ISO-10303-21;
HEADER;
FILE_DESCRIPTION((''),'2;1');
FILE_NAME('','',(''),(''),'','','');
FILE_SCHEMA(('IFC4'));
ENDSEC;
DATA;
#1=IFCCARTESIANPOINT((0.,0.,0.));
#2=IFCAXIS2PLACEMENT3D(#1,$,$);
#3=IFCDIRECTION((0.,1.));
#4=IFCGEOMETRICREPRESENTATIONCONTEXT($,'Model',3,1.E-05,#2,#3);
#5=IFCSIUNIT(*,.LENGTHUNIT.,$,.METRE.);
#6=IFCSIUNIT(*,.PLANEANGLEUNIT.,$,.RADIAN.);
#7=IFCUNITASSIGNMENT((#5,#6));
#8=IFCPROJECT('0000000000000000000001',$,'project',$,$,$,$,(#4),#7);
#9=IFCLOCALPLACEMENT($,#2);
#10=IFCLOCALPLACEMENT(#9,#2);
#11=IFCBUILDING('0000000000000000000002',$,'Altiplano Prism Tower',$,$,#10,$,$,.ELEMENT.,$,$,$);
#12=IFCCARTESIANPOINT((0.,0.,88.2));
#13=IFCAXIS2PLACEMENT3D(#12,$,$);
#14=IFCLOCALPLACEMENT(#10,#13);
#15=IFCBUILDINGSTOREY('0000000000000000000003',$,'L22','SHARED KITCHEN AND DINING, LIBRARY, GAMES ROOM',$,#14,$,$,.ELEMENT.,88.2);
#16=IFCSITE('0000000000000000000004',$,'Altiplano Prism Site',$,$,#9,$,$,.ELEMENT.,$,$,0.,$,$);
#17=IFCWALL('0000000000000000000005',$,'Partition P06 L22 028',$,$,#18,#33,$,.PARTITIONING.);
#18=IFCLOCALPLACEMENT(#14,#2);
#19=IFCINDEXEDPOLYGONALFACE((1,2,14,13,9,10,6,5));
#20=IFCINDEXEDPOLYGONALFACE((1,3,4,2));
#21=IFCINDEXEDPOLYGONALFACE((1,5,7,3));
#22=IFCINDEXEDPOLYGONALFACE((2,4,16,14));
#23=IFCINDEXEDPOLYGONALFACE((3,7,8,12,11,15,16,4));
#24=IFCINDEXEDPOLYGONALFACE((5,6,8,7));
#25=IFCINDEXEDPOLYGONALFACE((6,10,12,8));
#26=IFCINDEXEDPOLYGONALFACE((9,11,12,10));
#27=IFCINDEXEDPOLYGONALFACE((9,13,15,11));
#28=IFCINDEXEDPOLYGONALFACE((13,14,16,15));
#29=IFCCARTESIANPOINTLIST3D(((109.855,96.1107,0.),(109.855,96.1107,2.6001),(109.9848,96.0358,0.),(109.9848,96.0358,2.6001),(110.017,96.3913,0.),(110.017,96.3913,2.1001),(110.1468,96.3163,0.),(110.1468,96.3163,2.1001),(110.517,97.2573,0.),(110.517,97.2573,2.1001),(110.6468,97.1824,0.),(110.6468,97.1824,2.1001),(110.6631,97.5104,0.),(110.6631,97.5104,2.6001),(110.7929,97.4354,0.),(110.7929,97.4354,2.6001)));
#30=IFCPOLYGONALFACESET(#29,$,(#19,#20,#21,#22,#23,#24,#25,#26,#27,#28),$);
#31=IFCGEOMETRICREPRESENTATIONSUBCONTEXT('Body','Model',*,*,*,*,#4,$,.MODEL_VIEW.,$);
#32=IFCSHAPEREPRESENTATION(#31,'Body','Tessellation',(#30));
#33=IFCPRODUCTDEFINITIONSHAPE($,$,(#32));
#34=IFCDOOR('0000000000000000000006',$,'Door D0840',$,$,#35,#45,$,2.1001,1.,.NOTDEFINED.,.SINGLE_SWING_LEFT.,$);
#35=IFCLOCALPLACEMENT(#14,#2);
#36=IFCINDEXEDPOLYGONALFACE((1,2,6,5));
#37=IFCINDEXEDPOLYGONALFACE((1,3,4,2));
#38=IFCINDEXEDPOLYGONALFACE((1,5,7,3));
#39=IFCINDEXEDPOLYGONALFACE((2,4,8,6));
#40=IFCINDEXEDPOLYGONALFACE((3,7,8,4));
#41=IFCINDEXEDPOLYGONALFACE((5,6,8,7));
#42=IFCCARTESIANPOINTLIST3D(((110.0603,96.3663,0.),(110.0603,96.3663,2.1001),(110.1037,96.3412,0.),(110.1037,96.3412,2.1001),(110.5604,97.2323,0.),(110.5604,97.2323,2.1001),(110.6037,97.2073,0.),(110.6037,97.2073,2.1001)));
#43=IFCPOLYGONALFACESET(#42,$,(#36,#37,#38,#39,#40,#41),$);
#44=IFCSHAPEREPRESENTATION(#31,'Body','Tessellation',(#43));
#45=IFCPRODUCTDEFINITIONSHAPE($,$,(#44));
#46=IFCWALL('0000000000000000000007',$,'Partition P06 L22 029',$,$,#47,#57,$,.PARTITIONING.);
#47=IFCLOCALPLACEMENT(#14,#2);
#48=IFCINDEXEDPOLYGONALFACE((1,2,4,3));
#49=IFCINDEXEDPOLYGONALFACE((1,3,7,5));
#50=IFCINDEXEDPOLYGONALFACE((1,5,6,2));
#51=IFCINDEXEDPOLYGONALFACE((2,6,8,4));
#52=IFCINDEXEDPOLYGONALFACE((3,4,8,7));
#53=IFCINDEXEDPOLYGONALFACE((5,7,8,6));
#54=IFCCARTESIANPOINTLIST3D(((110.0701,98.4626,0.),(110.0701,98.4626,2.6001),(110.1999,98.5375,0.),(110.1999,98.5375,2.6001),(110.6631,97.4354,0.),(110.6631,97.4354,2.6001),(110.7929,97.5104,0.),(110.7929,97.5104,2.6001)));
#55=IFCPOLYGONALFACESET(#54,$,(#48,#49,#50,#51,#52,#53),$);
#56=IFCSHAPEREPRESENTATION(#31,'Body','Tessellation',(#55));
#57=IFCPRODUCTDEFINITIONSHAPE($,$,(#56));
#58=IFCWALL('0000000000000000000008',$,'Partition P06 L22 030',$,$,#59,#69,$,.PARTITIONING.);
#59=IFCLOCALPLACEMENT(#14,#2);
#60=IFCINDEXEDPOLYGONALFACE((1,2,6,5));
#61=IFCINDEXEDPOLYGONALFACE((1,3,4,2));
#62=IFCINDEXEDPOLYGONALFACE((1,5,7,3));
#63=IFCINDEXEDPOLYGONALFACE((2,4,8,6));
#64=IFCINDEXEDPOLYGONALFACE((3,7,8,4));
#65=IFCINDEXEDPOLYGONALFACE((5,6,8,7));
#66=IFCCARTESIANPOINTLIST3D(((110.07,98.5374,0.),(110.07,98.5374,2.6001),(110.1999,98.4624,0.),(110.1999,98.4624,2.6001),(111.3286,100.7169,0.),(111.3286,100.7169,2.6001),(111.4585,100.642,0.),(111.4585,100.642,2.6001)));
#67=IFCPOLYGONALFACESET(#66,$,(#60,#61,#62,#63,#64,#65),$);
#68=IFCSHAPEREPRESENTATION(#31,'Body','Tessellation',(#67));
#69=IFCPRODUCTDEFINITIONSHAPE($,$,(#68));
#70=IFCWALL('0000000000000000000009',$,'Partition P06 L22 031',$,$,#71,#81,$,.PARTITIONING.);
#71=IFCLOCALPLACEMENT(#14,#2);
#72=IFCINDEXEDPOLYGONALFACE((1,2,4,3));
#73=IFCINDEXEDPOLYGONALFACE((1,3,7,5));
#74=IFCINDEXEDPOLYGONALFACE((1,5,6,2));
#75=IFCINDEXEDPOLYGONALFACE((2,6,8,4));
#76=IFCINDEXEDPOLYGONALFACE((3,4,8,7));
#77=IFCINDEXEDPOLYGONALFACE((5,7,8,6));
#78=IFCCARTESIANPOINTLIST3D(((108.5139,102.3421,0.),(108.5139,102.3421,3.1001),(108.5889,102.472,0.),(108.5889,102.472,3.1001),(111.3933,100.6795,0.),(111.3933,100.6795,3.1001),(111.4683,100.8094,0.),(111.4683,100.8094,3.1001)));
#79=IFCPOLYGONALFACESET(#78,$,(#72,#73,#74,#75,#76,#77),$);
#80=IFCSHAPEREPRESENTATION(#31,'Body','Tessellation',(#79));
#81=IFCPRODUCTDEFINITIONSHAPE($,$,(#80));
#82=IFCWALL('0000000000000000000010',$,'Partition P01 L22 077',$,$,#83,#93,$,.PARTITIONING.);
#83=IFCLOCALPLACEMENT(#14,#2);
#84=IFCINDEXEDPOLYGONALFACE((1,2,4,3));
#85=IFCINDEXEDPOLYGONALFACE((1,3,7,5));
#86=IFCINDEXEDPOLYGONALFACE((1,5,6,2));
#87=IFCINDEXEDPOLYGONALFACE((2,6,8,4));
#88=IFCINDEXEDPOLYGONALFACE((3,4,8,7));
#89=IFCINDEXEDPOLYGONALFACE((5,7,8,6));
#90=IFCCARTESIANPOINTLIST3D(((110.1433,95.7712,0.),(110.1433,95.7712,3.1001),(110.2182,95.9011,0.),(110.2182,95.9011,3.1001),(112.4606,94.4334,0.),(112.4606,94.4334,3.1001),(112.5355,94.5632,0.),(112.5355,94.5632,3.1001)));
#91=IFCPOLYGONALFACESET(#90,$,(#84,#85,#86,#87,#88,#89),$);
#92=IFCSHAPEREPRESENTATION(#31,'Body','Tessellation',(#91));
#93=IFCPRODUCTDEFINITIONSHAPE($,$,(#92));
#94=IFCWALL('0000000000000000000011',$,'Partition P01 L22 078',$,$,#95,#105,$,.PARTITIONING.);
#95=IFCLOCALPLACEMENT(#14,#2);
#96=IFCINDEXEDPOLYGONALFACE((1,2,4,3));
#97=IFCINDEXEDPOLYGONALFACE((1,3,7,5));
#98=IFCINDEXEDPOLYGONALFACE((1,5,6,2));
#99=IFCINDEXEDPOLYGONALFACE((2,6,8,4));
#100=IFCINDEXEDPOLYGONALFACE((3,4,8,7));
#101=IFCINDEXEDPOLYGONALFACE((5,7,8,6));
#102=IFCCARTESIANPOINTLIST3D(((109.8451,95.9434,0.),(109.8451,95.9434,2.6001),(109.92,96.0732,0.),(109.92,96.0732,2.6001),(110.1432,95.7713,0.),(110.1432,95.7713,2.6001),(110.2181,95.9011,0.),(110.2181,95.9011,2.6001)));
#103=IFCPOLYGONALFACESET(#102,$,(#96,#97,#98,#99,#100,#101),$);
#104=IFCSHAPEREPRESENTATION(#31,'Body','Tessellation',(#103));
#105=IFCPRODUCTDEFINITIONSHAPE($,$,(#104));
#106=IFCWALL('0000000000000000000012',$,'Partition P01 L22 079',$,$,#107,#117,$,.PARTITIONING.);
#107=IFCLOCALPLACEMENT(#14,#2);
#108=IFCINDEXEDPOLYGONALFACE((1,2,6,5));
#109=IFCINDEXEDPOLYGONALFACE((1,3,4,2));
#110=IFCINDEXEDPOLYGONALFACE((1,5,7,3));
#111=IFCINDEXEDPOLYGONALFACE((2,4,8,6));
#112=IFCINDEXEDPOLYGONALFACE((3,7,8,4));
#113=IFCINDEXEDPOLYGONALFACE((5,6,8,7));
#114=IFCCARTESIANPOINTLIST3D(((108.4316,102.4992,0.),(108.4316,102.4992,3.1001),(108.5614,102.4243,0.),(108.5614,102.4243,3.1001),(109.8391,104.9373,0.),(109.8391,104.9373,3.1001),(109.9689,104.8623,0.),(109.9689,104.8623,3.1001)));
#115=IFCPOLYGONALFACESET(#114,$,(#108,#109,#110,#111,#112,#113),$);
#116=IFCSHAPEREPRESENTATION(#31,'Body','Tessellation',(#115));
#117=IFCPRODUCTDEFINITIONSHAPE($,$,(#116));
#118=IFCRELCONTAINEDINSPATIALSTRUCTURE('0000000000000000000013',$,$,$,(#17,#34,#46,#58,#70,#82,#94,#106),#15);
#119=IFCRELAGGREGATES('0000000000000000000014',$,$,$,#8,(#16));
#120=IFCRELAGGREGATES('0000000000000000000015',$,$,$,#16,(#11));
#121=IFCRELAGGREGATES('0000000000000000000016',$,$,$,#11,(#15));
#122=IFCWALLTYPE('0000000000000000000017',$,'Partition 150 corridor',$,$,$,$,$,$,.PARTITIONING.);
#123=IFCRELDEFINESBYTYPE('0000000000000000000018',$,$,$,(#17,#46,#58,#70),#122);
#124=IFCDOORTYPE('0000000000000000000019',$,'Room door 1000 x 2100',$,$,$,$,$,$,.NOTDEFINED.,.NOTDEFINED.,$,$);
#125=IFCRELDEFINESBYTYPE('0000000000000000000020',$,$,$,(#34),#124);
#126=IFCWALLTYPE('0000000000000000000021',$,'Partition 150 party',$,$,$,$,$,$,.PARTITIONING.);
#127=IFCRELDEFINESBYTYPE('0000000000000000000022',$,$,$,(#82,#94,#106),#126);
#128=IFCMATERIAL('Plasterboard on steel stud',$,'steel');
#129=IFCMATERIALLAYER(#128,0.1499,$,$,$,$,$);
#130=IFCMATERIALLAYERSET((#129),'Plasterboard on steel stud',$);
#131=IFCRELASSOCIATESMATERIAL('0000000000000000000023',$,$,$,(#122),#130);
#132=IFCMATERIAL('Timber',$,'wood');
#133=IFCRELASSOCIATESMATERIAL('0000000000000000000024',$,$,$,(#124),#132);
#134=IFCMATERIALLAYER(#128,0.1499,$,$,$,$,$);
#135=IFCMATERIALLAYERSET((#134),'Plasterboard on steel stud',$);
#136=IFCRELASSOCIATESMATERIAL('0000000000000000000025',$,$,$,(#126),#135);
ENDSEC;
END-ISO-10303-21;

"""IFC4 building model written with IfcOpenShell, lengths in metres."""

from ifc_helpers import new_model, si_unit, direction, frame, frame_2d, origin, place, context, subcontext, project, spatial, rectangle, extrude, material, layer, layer_set, type_object, element, fill, save


model = new_model("IFC4")

# Units and contexts
model_context = context("Model", 3, precision=1e-05, world=origin(), true_north=direction((0.0, 1.0)))
body_context = subcontext(model_context, "Body", "Model", "MODEL_VIEW")
ifc_project = project(units=[si_unit("LENGTHUNIT", "METRE"), si_unit("PLANEANGLEUNIT", "RADIAN")], contexts=[model_context])

# Site, building, storey
site_placement = place(None, origin())
site = spatial("IfcSite", under=ifc_project, at=site_placement, Name="Altiplano Prism Site", CompositionType="ELEMENT", RefElevation=0.0)
building_placement = place(site_placement, origin())
building = spatial("IfcBuilding", under=site, at=building_placement, Name="Altiplano Prism Tower", CompositionType="ELEMENT")
storey_placement = place(building_placement, frame((0.0, 0.0, 88.2)))
storey = spatial("IfcBuildingStorey", under=building, at=storey_placement, Name="L22", Description="SHARED KITCHEN AND DINING, LIBRARY, GAMES ROOM", CompositionType="ELEMENT", Elevation=88.2)

# Shared definitions
ifc_material_1 = material(Name="Plasterboard on steel stud", Category="steel")

# Wall, opening, door
ifc_layer_1 = layer(ifc_material_1, 0.1499)
ifc_layer_set_1 = layer_set([ifc_layer_1], Name="Plasterboard on steel stud")
wall_type_1 = type_object("IfcWallType", Name="Partition 150 corridor", PredefinedType="PARTITIONING", material=ifc_layer_set_1)
wall_1_placement = place(storey_placement, frame((109.9199, 96.0732, 0.0), z_axis=(0.0, 0.0, 1.0), x_axis=(0.500006, 0.866022, 0.0)))
wall_1 = element("IfcWall", 1, at=wall_1_placement, inside=storey, type_object=wall_type_1, Name="Partition P06 L22 028", PredefinedType="PARTITIONING", context=body_context, shape_type="SweptSolid", body=[
    extrude(rectangle(XDim=1.6162, YDim=0.1499, at=frame_2d((0.8081, 0.0))), origin(), (0.0, 0.0, 1.0), 2.6001),
])
opening_placement = place(wall_1_placement, frame((0.324, 0.0, 0.0)))
opening = element("IfcOpeningElement", 2, at=opening_placement, cuts=wall_1, PredefinedType="OPENING", context=body_context, shape_type="SweptSolid", body=[
    extrude(rectangle(XDim=1.0, YDim=2.1001, at=frame_2d((0.5, 1.05))), frame((0.0, 0.0854, 0.0), z_axis=(0.0, -1.0, 0.0), x_axis=(1.0, 0.0, 0.0)), (0.0, 0.0, 1.0), 0.1709),
])
ifc_material_2 = material(Name="Timber", Category="wood")
door_type = type_object("IfcDoorType", Name="Room door 1000 x 2100", OperationType="NOTDEFINED", PredefinedType="NOTDEFINED", material=ifc_material_2)
door_placement = place(opening_placement, origin())
door = element("IfcDoor", 3, at=door_placement, inside=storey, type_object=door_type, Name="Door D0840", OperationType="SINGLE_SWING_LEFT", OverallHeight=2.1001, OverallWidth=1.0, PredefinedType="NOTDEFINED", context=body_context, shape_type="SweptSolid", body=[
    extrude(rectangle(XDim=1.0, YDim=2.1001, at=frame_2d((0.5, 1.05))), frame((0.0, 0.0249, 0.0), z_axis=(0.0, -1.0, 0.0), x_axis=(1.0, 0.0, 0.0)), (0.0, 0.0, 1.0), 0.05),
])
fill(opening, door)

# Walls
wall_2_placement = place(storey_placement, frame((110.728, 97.4729, 0.0), z_axis=(0.0, 0.0, 1.0), x_axis=(-0.500013, 0.866018, 0.0)))
element("IfcWall", 4, at=wall_2_placement, inside=storey, type_object=wall_type_1, Name="Partition P06 L22 029", PredefinedType="PARTITIONING", context=body_context, shape_type="SweptSolid", body=[
    extrude(rectangle(XDim=1.186, YDim=0.1499, at=frame_2d((0.593, 0.0))), origin(), (0.0, 0.0, 1.0), 2.6001),
])
wall_3_placement = place(storey_placement, frame((110.135, 98.5, 0.0), z_axis=(0.0, 0.0, 1.0), x_axis=(0.500072, 0.865984, 0.0)))
element("IfcWall", 5, at=wall_3_placement, inside=storey, type_object=wall_type_1, Name="Partition P06 L22 030", PredefinedType="PARTITIONING", context=body_context, shape_type="SweptSolid", body=[
    extrude(rectangle(XDim=2.5168, YDim=0.1499, at=frame_2d((1.2583, 0.0))), origin(), (0.0, 0.0, 1.0), 2.6001),
])
wall_4_placement = place(storey_placement, frame((111.4309, 100.7444, 0.0), z_axis=(0.0, 0.0, 1.0), x_axis=(-0.866002, 0.50004, 0.0)))
element("IfcWall", 6, at=wall_4_placement, inside=storey, type_object=wall_type_1, Name="Partition P06 L22 031", PredefinedType="PARTITIONING", context=body_context, shape_type="SweptSolid", body=[
    extrude(rectangle(XDim=3.325, YDim=0.1499, at=frame_2d((1.6626, 0.0))), origin(), (0.0, 0.0, 1.0), 3.1001),
])
ifc_layer_2 = layer(ifc_material_1, 0.1499)
ifc_layer_set_2 = layer_set([ifc_layer_2], Name="Plasterboard on steel stud")
wall_type_2 = type_object("IfcWallType", Name="Partition 150 party", PredefinedType="PARTITIONING", material=ifc_layer_set_2)
wall_5_placement = place(storey_placement, frame((112.498, 94.4983, 0.0), z_axis=(0.0, 0.0, 1.0), x_axis=(-0.866034, 0.499986, 0.0)))
element("IfcWall", 7, at=wall_5_placement, inside=storey, type_object=wall_type_2, Name="Partition P01 L22 077", PredefinedType="PARTITIONING", context=body_context, shape_type="SweptSolid", body=[
    extrude(rectangle(XDim=2.6758, YDim=0.1499, at=frame_2d((1.3379, 0.0))), origin(), (0.0, 0.0, 1.0), 3.1001),
])
wall_6_placement = place(storey_placement, frame((110.1807, 95.8362, 0.0), z_axis=(0.0, 0.0, 1.0), x_axis=(-0.866008, 0.500029, 0.0)))
element("IfcWall", 8, at=wall_6_placement, inside=storey, type_object=wall_type_2, Name="Partition P01 L22 078", PredefinedType="PARTITIONING", context=body_context, shape_type="SweptSolid", body=[
    extrude(rectangle(XDim=0.3442, YDim=0.1499, at=frame_2d((0.1721, 0.0))), origin(), (0.0, 0.0, 1.0), 2.6001),
])
wall_7_placement = place(storey_placement, frame((109.9041, 104.8999, 0.0), z_axis=(0.0, 0.0, 1.0), x_axis=(-0.499973, -0.866041, 0.0)))
element("IfcWall", 9, at=wall_7_placement, inside=storey, type_object=wall_type_2, Name="Partition P01 L22 079", PredefinedType="PARTITIONING", context=body_context, shape_type="SweptSolid", body=[
    extrude(rectangle(XDim=2.8152, YDim=0.1499, at=frame_2d((1.4077, 0.0))), origin(), (0.0, 0.0, 1.0), 3.1001),
])

save(model, "model.ifc")
